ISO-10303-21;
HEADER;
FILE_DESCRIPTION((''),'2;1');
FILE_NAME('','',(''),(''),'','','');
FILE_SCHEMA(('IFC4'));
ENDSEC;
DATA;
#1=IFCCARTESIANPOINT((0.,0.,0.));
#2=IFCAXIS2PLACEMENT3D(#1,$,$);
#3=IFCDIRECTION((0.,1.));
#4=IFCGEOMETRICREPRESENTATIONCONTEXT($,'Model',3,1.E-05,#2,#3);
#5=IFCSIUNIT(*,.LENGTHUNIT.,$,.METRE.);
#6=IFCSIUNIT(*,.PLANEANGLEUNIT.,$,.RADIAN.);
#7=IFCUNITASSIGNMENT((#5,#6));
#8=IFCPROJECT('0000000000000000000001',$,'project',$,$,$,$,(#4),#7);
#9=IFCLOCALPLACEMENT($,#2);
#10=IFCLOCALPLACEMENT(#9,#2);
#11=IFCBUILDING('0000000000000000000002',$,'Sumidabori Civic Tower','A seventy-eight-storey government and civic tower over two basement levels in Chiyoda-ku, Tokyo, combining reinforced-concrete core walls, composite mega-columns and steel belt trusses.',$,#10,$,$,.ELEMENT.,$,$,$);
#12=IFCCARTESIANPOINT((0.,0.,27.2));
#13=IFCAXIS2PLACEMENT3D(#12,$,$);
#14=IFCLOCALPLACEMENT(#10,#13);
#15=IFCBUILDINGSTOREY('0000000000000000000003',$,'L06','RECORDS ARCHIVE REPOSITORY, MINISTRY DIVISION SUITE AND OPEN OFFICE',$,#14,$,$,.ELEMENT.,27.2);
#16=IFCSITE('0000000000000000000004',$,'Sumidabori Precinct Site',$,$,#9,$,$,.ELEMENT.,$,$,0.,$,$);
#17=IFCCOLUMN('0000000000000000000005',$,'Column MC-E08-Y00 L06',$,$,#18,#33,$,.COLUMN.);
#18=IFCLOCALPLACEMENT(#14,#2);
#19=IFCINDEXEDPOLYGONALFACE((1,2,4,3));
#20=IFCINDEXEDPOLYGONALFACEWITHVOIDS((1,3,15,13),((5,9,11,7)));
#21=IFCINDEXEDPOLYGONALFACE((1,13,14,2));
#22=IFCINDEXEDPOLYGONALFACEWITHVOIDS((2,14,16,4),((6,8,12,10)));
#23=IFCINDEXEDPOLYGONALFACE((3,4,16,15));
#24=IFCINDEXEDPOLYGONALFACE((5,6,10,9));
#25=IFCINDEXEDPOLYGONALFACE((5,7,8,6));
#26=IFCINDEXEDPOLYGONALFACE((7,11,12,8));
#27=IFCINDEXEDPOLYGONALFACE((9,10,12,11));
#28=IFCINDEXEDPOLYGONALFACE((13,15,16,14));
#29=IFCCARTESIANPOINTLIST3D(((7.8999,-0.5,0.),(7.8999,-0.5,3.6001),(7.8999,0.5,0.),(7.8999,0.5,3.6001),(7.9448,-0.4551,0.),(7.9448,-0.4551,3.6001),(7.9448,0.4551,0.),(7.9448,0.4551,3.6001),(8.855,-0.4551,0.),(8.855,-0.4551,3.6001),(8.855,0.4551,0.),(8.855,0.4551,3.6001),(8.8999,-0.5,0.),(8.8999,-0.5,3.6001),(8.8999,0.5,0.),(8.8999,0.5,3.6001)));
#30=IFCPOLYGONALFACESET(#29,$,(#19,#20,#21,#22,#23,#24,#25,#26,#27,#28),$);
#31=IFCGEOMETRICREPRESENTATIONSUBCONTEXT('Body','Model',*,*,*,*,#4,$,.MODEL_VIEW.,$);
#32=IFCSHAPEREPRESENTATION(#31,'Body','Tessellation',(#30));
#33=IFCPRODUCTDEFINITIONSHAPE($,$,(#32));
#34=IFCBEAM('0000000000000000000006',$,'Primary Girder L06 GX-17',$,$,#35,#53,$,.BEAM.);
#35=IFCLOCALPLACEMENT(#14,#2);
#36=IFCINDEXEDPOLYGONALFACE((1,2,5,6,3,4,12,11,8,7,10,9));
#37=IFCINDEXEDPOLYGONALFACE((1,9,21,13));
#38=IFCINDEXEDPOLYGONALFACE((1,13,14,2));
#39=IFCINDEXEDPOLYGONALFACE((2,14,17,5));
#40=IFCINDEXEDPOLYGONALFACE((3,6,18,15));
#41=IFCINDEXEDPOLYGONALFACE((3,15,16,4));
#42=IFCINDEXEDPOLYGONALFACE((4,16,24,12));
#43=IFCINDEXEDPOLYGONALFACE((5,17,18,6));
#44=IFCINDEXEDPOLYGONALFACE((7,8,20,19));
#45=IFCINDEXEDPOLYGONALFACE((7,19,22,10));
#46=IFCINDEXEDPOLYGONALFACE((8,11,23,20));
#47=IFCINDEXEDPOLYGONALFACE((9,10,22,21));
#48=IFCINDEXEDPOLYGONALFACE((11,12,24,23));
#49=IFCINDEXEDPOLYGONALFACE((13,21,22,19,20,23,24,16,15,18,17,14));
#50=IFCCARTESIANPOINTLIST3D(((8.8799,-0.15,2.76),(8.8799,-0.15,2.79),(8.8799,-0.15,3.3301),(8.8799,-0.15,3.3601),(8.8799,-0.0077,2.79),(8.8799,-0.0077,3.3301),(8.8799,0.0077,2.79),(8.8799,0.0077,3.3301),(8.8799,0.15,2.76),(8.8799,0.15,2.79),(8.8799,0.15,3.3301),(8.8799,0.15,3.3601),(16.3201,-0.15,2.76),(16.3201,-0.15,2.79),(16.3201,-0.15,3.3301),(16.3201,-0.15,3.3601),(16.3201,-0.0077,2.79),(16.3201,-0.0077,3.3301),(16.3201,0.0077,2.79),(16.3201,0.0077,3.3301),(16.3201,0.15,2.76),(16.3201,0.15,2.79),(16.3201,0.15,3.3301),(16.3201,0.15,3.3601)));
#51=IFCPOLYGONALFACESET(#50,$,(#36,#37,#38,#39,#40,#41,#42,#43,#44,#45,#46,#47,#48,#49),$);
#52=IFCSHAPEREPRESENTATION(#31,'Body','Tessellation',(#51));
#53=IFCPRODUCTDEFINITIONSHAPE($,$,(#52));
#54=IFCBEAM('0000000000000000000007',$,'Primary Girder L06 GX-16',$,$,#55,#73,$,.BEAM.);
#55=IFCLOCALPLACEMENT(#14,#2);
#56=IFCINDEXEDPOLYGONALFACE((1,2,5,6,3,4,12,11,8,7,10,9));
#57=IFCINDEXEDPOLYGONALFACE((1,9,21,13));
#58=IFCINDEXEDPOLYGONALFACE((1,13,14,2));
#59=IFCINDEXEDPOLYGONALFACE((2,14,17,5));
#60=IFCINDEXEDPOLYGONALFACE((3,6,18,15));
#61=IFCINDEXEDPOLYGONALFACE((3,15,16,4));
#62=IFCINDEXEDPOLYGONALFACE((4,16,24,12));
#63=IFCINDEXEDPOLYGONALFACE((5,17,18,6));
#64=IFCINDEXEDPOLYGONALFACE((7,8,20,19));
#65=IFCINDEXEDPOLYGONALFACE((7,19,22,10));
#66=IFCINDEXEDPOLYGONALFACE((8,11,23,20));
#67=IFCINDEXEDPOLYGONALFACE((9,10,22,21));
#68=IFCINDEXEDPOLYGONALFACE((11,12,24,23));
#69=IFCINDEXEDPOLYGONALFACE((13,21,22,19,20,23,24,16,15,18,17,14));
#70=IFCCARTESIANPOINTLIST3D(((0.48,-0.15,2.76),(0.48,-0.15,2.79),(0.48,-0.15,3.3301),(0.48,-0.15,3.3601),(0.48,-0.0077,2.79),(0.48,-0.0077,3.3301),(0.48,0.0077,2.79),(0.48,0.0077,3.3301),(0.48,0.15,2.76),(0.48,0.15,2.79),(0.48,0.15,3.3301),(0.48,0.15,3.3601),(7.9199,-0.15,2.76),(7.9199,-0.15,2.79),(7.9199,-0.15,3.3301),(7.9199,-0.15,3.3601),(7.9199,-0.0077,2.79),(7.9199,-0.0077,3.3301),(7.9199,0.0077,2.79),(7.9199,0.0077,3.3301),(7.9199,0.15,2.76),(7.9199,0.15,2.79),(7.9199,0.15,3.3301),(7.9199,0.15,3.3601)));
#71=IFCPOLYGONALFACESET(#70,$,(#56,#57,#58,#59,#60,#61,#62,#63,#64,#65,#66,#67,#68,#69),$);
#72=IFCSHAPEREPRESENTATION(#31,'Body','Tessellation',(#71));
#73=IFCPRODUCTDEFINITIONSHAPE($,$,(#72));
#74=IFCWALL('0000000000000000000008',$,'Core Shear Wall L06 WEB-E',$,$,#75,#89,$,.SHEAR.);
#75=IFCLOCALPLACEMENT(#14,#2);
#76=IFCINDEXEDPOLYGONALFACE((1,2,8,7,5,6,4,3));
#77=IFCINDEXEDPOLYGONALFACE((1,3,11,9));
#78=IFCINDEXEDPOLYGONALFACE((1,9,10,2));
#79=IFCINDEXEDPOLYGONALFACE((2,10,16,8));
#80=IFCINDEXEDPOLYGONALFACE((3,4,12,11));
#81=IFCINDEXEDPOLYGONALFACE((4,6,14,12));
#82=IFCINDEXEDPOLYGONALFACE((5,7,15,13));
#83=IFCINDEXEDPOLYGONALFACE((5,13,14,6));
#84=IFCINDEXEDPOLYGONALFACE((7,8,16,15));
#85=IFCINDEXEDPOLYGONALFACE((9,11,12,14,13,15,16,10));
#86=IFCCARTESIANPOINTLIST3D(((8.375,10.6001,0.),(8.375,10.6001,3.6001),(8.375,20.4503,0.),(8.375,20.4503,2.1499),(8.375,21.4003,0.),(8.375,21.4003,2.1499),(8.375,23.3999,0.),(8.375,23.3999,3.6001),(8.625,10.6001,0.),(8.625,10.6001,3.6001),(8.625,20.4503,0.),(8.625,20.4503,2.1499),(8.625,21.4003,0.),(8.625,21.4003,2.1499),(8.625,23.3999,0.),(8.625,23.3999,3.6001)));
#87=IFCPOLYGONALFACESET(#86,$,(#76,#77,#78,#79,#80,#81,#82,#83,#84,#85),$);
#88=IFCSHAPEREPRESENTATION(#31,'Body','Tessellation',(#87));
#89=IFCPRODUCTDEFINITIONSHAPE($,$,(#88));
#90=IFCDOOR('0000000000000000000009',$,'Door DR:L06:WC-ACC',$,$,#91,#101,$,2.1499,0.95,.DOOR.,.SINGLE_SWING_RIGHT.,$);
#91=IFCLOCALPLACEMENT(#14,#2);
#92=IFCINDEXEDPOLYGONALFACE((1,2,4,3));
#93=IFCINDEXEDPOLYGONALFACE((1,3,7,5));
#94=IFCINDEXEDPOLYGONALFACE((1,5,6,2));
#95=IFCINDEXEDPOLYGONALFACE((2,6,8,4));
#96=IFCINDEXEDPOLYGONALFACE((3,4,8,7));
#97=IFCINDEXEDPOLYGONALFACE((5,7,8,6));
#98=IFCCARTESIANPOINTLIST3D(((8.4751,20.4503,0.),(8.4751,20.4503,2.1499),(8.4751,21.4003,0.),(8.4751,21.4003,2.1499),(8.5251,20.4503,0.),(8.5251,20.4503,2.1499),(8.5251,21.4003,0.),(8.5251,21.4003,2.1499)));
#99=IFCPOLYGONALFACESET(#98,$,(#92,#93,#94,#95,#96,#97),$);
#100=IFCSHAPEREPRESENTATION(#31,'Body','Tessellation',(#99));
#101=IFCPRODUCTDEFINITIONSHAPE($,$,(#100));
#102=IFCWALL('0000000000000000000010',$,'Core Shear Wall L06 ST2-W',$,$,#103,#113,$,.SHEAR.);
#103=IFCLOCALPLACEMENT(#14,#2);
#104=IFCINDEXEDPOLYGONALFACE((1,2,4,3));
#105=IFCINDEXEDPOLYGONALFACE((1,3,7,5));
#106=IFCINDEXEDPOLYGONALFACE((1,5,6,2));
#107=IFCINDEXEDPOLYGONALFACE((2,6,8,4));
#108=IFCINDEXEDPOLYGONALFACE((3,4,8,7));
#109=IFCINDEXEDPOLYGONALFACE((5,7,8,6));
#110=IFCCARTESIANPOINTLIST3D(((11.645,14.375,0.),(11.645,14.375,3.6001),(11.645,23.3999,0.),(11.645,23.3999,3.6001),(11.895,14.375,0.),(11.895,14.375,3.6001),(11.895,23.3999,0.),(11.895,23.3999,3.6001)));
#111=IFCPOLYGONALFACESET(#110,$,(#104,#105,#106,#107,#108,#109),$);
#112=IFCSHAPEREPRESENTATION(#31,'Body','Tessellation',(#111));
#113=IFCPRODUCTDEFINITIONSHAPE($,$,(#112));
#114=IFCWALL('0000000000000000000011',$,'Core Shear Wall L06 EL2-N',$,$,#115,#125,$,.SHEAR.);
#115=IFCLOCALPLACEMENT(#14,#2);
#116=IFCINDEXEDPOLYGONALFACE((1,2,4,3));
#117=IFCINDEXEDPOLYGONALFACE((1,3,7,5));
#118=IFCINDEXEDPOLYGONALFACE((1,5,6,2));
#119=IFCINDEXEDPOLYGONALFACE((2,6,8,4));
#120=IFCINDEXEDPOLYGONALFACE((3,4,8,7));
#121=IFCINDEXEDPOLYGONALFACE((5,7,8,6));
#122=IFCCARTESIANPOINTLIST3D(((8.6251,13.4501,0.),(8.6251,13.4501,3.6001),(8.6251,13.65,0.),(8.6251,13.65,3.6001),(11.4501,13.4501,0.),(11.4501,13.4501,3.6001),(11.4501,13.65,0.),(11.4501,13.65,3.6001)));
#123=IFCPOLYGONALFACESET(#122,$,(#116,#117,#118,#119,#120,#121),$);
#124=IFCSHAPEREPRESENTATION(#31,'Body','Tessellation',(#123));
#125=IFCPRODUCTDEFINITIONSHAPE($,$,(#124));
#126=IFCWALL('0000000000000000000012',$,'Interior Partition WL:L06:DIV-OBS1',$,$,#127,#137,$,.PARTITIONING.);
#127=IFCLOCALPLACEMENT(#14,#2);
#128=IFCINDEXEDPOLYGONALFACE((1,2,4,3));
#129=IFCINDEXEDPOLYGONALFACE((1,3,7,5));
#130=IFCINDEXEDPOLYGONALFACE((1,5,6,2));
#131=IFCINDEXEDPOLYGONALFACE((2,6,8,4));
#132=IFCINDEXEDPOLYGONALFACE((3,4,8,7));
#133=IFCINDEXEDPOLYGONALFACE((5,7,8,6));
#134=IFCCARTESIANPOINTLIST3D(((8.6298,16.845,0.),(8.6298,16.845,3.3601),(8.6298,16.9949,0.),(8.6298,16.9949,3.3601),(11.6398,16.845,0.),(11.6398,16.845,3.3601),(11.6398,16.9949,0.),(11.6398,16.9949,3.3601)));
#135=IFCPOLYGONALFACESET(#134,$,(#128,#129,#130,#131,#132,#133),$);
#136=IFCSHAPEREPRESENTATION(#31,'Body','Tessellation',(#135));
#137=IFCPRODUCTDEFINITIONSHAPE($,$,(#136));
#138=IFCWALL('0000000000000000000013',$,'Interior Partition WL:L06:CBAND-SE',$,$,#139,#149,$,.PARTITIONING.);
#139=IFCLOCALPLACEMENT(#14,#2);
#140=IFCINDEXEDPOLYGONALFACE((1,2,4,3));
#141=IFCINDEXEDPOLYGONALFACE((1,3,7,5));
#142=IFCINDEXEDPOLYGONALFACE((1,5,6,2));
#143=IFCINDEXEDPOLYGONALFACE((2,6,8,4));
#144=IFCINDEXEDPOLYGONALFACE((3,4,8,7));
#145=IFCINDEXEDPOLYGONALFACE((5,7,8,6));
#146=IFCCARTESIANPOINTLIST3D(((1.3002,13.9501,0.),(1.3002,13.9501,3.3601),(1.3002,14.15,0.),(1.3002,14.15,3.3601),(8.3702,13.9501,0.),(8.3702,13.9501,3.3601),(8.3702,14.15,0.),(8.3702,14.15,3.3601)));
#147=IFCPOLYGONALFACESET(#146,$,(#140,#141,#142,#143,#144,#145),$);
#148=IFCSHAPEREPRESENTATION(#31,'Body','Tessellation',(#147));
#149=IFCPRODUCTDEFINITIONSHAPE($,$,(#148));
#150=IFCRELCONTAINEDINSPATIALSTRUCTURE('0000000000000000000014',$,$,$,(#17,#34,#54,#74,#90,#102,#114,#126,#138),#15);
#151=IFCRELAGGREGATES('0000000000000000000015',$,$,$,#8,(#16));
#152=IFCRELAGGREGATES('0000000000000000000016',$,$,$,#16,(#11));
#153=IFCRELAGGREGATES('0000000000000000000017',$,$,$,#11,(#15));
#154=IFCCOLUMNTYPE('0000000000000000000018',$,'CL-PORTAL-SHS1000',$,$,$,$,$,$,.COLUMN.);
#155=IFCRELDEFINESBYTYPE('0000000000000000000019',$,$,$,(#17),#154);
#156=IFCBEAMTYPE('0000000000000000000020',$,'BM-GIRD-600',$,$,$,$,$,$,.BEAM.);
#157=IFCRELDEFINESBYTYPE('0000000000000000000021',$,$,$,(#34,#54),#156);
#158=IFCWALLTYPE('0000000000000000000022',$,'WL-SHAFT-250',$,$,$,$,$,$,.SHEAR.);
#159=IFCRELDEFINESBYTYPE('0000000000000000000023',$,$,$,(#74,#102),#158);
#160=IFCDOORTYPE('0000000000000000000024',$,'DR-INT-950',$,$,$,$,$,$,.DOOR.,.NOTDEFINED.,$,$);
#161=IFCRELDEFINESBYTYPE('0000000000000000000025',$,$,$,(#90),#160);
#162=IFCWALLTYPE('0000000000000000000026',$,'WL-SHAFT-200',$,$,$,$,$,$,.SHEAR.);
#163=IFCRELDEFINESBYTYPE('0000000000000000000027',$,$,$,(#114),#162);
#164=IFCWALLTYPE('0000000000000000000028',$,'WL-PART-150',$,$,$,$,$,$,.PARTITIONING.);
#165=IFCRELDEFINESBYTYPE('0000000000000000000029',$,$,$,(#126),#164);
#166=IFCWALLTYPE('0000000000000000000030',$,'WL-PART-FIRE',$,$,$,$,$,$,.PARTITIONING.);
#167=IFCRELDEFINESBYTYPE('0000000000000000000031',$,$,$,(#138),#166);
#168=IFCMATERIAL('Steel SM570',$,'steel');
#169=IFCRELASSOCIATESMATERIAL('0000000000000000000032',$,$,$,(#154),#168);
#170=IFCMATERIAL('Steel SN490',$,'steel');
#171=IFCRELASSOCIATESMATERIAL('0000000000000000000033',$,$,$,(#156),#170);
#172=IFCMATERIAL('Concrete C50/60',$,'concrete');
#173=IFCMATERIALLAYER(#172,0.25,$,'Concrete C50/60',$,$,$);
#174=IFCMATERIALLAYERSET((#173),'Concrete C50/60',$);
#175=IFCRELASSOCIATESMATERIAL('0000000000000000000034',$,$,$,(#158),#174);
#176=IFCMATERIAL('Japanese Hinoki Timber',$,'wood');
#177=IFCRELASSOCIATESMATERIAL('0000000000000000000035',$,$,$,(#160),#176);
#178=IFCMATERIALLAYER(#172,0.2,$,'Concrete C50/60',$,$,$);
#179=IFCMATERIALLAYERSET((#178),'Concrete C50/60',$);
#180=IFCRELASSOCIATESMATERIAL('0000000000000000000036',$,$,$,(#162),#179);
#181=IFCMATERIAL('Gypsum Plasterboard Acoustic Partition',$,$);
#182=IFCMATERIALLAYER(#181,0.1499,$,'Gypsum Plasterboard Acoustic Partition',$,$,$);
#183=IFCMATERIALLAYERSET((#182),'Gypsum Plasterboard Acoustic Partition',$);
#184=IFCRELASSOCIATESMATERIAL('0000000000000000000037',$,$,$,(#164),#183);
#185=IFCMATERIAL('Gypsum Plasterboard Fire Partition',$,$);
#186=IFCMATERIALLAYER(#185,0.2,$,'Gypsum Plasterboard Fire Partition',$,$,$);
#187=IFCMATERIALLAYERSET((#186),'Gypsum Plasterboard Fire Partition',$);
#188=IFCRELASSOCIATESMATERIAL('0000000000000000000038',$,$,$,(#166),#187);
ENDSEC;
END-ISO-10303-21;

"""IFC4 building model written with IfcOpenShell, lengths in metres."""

from ifc_helpers import new_model, si_unit, direction, frame, frame_2d, origin, origin_2d, place, context, subcontext, project, spatial, rectangle, hollow_rectangle, i_section, extrude, source, transform, mapped, material, layer, layer_set, material_profile, profile_set, type_object, element, fill, save


model = new_model("IFC4")

# Units and contexts
model_context = context("Model", 3, precision=1e-05, world=origin(), true_north=direction((0.0, 1.0)))
body_context = subcontext(model_context, "Body", "Model", "MODEL_VIEW")
ifc_project = project(units=[si_unit("LENGTHUNIT", "METRE"), si_unit("PLANEANGLEUNIT", "RADIAN")], contexts=[model_context])

# Site, building, storey
site_placement = place(None, origin())
site = spatial("IfcSite", under=ifc_project, at=site_placement, Name="Sumidabori Precinct Site", CompositionType="ELEMENT", RefElevation=0.0)
building_placement = place(site_placement, origin())
building = spatial("IfcBuilding", under=site, at=building_placement, Name="Sumidabori Civic Tower", Description="A seventy-eight-storey government and civic tower over two basement levels in Chiyoda-ku, Tokyo, combining reinforced-concrete core walls, composite mega-columns and steel belt trusses.", CompositionType="ELEMENT")
storey_placement = place(building_placement, frame((0.0, 0.0, 27.2)))
storey = spatial("IfcBuildingStorey", under=building, at=storey_placement, Name="L06", Description="RECORDS ARCHIVE REPOSITORY, MINISTRY DIVISION SUITE AND OPEN OFFICE", CompositionType="ELEMENT", Elevation=27.2)

# Column
ifc_material_1 = material(Name="Steel SM570", Category="steel")
ifc_material_profile_1 = material_profile(ifc_material_1, hollow_rectangle(XDim=1.0, YDim=1.0, WallThickness=0.0449, at=origin_2d()), Name="SHS 1000x1000x45")
ifc_profile_set_1 = profile_set([ifc_material_profile_1], Name="Steel SM570")
column_type = type_object("IfcColumnType", Name="CL-PORTAL-SHS1000", PredefinedType="COLUMN", material=ifc_profile_set_1)
shared_shape_1 = source(origin(), body_context, "Body", "SweptSolid", [
    extrude(hollow_rectangle(XDim=1.0, YDim=1.0, WallThickness=0.0449, at=origin_2d()), origin(), (0.0, 0.0, 1.0), 3.6001),
])
column_placement = place(storey_placement, frame((8.3999, 0.0, 0.0), z_axis=(0.0, 0.0, 1.0), x_axis=(1.0, 0.0, 0.0)))
element("IfcColumn", 1, at=column_placement, inside=storey, type_object=column_type, Name="Column MC-E08-Y00 L06", PredefinedType="COLUMN", context=body_context, shape_type="MappedRepresentation", body=[
    mapped(shared_shape_1, transform((0.0, 0.0, 0.0), x_axis=(1.0, 0.0, 0.0), y_axis=(0.0, 1.0, 0.0), z_axis=(0.0, 0.0, 1.0), scale=1.0)),
])

# Beams
ifc_material_2 = material(Name="Steel SN490", Category="steel")
ifc_material_profile_2 = material_profile(ifc_material_2, i_section(OverallWidth=0.3, OverallDepth=0.6001, WebThickness=0.0154, FlangeThickness=0.03, at=origin_2d()), Name="HE 600 B")
ifc_profile_set_2 = profile_set([ifc_material_profile_2], Name="Steel SN490")
beam_type = type_object("IfcBeamType", Name="BM-GIRD-600", PredefinedType="BEAM", material=ifc_profile_set_2)
shared_shape_2 = source(origin(), body_context, "Body", "SweptSolid", [
    extrude(i_section(OverallWidth=0.3, OverallDepth=0.6001, WebThickness=0.0154, FlangeThickness=0.03, at=origin_2d()), origin(), (0.0, 0.0, 1.0), 7.4402),
])
beam_1_placement = place(storey_placement, frame((8.8799, 0.0, 3.0601), z_axis=(1.0, 0.0, 0.0), x_axis=(0.0, 1.0, 0.0)))
element("IfcBeam", 2, at=beam_1_placement, inside=storey, type_object=beam_type, Name="Primary Girder L06 GX-17", PredefinedType="BEAM", context=body_context, shape_type="MappedRepresentation", body=[
    mapped(shared_shape_2, transform((0.0, 0.0, 0.0), x_axis=(1.0, 0.0, 0.0), y_axis=(0.0, 1.0, 0.0), z_axis=(0.0, 0.0, 1.0), scale=1.0)),
])
shared_shape_3 = source(origin(), body_context, "Body", "SweptSolid", [
    extrude(i_section(OverallWidth=0.3, OverallDepth=0.6001, WebThickness=0.0154, FlangeThickness=0.03, at=origin_2d()), origin(), (0.0, 0.0, 1.0), 7.4399),
])
beam_2_placement = place(storey_placement, frame((0.48, 0.0, 3.0601), z_axis=(1.0, 0.0, 0.0), x_axis=(0.0, 1.0, 0.0)))
element("IfcBeam", 3, at=beam_2_placement, inside=storey, type_object=beam_type, Name="Primary Girder L06 GX-16", PredefinedType="BEAM", context=body_context, shape_type="MappedRepresentation", body=[
    mapped(shared_shape_3, transform((0.0, 0.0, 0.0), x_axis=(1.0, 0.0, 0.0), y_axis=(0.0, 1.0, 0.0), z_axis=(0.0, 0.0, 1.0), scale=1.0)),
])

# Wall, opening, door
ifc_material_3 = material(Name="Concrete C50/60", Category="concrete")
ifc_layer_1 = layer(ifc_material_3, 0.25, Name="Concrete C50/60")
ifc_layer_set_1 = layer_set([ifc_layer_1], Name="Concrete C50/60")
wall_type_1 = type_object("IfcWallType", Name="WL-SHAFT-250", PredefinedType="SHEAR", material=ifc_layer_set_1)
shared_shape_4 = source(origin(), body_context, "Body", "SweptSolid", [
    extrude(rectangle(XDim=12.7998, YDim=0.25, at=frame_2d((6.3999, 0.0))), origin(), (0.0, 0.0, 1.0), 3.6001),
])
wall_1_placement = place(storey_placement, frame((8.5, 10.6001, 0.0), z_axis=(0.0, 0.0, 1.0), x_axis=(0.0, 1.0, 0.0)))
wall_1 = element("IfcWall", 4, at=wall_1_placement, inside=storey, type_object=wall_type_1, Name="Core Shear Wall L06 WEB-E", PredefinedType="SHEAR", context=body_context, shape_type="MappedRepresentation", body=[
    mapped(shared_shape_4, transform((0.0, 0.0, 0.0), x_axis=(1.0, 0.0, 0.0), y_axis=(0.0, 1.0, 0.0), z_axis=(0.0, 0.0, 1.0), scale=1.0)),
])
opening_1_placement = place(wall_1_placement, frame((9.8501, 0.0, 0.0)))
opening_1 = element("IfcOpeningElement", 5, at=opening_1_placement, cuts=wall_1, PredefinedType="OPENING", context=body_context, shape_type="SweptSolid", body=[
    extrude(rectangle(XDim=0.95, YDim=2.1499, at=frame_2d((0.4751, 1.075))), frame((0.0, 0.137, 0.0), z_axis=(0.0, -1.0, 0.0), x_axis=(1.0, 0.0, 0.0)), (0.0, 0.0, 1.0), 0.2739),
])
ifc_material_4 = material(Name="Japanese Hinoki Timber", Category="wood")
door_type_1 = type_object("IfcDoorType", Name="DR-INT-950", OperationType="NOTDEFINED", PredefinedType="DOOR", material=ifc_material_4)
shared_shape_5 = source(origin(), body_context, "Body", "SweptSolid", [
    extrude(rectangle(XDim=0.95, YDim=2.1499, at=frame_2d((0.4751, 1.075))), frame((0.0, 0.0249, 0.0), z_axis=(0.0, -1.0, 0.0), x_axis=(1.0, 0.0, 0.0)), (0.0, 0.0, 1.0), 0.05),
])
door_1_placement = place(opening_1_placement, origin())
door_1 = element("IfcDoor", 6, at=door_1_placement, inside=storey, type_object=door_type_1, Name="Door DR:L06:WC-ACC", OperationType="SINGLE_SWING_RIGHT", OverallHeight=2.1499, OverallWidth=0.95, PredefinedType="DOOR", context=body_context, shape_type="MappedRepresentation", body=[
    mapped(shared_shape_5, transform((0.0, 0.0, 0.0), x_axis=(1.0, 0.0, 0.0), y_axis=(0.0, 1.0, 0.0), z_axis=(0.0, 0.0, 1.0), scale=1.0)),
])
fill(opening_1, door_1)

# Wall
shared_shape_6 = source(origin(), body_context, "Body", "SweptSolid", [
    extrude(rectangle(XDim=9.0249, YDim=0.25, at=frame_2d((4.5125, 0.0))), origin(), (0.0, 0.0, 1.0), 3.6001),
])
wall_2_placement = place(storey_placement, frame((11.77, 14.375, 0.0), z_axis=(0.0, 0.0, 1.0), x_axis=(0.0, 1.0, 0.0)))
element("IfcWall", 7, at=wall_2_placement, inside=storey, type_object=wall_type_1, Name="Core Shear Wall L06 ST2-W", PredefinedType="SHEAR", context=body_context, shape_type="MappedRepresentation", body=[
    mapped(shared_shape_6, transform((0.0, 0.0, 0.0), x_axis=(1.0, 0.0, 0.0), y_axis=(0.0, 1.0, 0.0), z_axis=(0.0, 0.0, 1.0), scale=1.0)),
])

# Shared definitions
ifc_layer_2 = layer(ifc_material_3, 0.2, Name="Concrete C50/60")
ifc_layer_set_2 = layer_set([ifc_layer_2], Name="Concrete C50/60")
wall_type_2 = type_object("IfcWallType", Name="WL-SHAFT-200", PredefinedType="SHEAR", material=ifc_layer_set_2)

# Walls
shared_shape_7 = source(origin(), body_context, "Body", "SweptSolid", [
    extrude(rectangle(XDim=2.825, YDim=0.2, at=frame_2d((1.4126, 0.0))), origin(), (0.0, 0.0, 1.0), 3.6001),
])
wall_3_placement = place(storey_placement, frame((8.625, 13.55, 0.0), z_axis=(0.0, 0.0, 1.0), x_axis=(1.0, 0.0, 0.0)))
element("IfcWall", 8, at=wall_3_placement, inside=storey, type_object=wall_type_2, Name="Core Shear Wall L06 EL2-N", PredefinedType="SHEAR", context=body_context, shape_type="MappedRepresentation", body=[
    mapped(shared_shape_7, transform((0.0, 0.0, 0.0), x_axis=(1.0, 0.0, 0.0), y_axis=(0.0, 1.0, 0.0), z_axis=(0.0, 0.0, 1.0), scale=1.0)),
])
ifc_material_5 = material(Name="Gypsum Plasterboard Acoustic Partition")
ifc_layer_3 = layer(ifc_material_5, 0.1499, Name="Gypsum Plasterboard Acoustic Partition")
ifc_layer_set_3 = layer_set([ifc_layer_3], Name="Gypsum Plasterboard Acoustic Partition")
wall_type_3 = type_object("IfcWallType", Name="WL-PART-150", PredefinedType="PARTITIONING", material=ifc_layer_set_3)
shared_shape_8 = source(origin(), body_context, "Body", "SweptSolid", [
    extrude(rectangle(XDim=3.01, YDim=0.1499, at=frame_2d((1.5049, 0.0))), origin(), (0.0, 0.0, 1.0), 3.3601),
])
wall_4_placement = place(storey_placement, frame((8.6299, 16.9199, 0.0), z_axis=(0.0, 0.0, 1.0), x_axis=(1.0, 0.0, 0.0)))
element("IfcWall", 9, at=wall_4_placement, inside=storey, type_object=wall_type_3, Name="Interior Partition WL:L06:DIV-OBS1", PredefinedType="PARTITIONING", context=body_context, shape_type="MappedRepresentation", body=[
    mapped(shared_shape_8, transform((0.0, 0.0, 0.0), x_axis=(1.0, 0.0, 0.0), y_axis=(0.0, 1.0, 0.0), z_axis=(0.0, 0.0, 1.0), scale=1.0)),
])
ifc_material_6 = material(Name="Gypsum Plasterboard Fire Partition")
ifc_layer_4 = layer(ifc_material_6, 0.2, Name="Gypsum Plasterboard Fire Partition")
ifc_layer_set_4 = layer_set([ifc_layer_4], Name="Gypsum Plasterboard Fire Partition")
wall_type_4 = type_object("IfcWallType", Name="WL-PART-FIRE", PredefinedType="PARTITIONING", material=ifc_layer_set_4)
shared_shape_9 = source(origin(), body_context, "Body", "SweptSolid", [
    extrude(rectangle(XDim=7.0701, YDim=0.2, at=frame_2d((3.5352, 0.0))), origin(), (0.0, 0.0, 1.0), 3.3601),
])
wall_5_placement = place(storey_placement, frame((1.3, 14.05, 0.0), z_axis=(0.0, 0.0, 1.0), x_axis=(1.0, 0.0, 0.0)))
element("IfcWall", 10, at=wall_5_placement, inside=storey, type_object=wall_type_4, Name="Interior Partition WL:L06:CBAND-SE", PredefinedType="PARTITIONING", context=body_context, shape_type="MappedRepresentation", body=[
    mapped(shared_shape_9, transform((0.0, 0.0, 0.0), x_axis=(1.0, 0.0, 0.0), y_axis=(0.0, 1.0, 0.0), z_axis=(0.0, 0.0, 1.0), scale=1.0)),
])

save(model, "model.ifc")
